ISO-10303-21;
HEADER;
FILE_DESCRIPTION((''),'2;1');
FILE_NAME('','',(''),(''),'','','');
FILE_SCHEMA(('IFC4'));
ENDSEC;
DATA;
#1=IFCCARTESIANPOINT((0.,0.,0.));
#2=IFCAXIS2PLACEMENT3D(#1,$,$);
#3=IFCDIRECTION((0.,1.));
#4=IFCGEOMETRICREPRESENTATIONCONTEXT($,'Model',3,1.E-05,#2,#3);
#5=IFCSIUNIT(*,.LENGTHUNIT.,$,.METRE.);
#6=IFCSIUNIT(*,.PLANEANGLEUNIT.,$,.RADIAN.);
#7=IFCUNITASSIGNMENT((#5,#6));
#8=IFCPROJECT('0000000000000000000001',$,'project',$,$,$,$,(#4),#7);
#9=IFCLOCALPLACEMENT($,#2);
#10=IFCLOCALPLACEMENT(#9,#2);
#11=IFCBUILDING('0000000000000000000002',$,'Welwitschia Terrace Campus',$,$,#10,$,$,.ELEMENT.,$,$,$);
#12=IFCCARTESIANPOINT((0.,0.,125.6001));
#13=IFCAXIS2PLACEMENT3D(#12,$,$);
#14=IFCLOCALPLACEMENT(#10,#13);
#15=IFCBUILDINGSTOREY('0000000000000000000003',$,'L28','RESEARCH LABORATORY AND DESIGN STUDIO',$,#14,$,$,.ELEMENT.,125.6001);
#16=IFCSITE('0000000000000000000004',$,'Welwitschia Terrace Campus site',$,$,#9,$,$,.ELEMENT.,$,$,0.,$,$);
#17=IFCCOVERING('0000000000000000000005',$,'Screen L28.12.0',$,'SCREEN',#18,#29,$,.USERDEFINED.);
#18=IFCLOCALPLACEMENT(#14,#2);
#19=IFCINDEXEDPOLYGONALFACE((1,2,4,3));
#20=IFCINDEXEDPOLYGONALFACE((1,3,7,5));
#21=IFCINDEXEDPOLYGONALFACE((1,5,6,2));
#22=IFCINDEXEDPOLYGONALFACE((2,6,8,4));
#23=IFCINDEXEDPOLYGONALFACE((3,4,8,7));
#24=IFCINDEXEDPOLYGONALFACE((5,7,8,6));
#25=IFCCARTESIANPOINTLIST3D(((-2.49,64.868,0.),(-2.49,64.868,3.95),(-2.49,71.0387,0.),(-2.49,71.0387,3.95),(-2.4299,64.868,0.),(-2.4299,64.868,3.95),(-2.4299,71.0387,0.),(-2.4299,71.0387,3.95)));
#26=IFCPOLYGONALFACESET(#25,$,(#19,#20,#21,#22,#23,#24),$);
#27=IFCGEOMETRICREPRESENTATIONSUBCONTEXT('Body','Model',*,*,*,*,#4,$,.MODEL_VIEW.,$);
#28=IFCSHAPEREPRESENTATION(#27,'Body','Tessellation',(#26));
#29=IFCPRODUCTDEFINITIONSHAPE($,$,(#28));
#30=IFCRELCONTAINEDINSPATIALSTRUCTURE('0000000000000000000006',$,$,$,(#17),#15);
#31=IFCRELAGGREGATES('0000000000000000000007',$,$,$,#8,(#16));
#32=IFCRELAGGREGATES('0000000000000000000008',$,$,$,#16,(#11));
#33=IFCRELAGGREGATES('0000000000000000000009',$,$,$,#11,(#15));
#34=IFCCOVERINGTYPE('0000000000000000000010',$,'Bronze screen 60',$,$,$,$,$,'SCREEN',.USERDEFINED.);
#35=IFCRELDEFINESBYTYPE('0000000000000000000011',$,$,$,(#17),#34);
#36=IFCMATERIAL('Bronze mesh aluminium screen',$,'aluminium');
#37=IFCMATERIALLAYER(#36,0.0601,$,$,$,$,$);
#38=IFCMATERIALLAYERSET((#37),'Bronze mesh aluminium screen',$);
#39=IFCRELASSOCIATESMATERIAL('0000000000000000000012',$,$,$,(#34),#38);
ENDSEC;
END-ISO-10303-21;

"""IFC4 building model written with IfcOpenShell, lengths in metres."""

from ifc_helpers import new_model, si_unit, direction, frame, origin, origin_2d, place, context, subcontext, project, spatial, rectangle, extrude, material, layer, layer_set, type_object, element, save


model = new_model("IFC4")

# Units and contexts
model_context = context("Model", 3, precision=1e-05, world=origin(), true_north=direction((0.0, 1.0)))
body_context = subcontext(model_context, "Body", "Model", "MODEL_VIEW")
ifc_project = project(units=[si_unit("LENGTHUNIT", "METRE"), si_unit("PLANEANGLEUNIT", "RADIAN")], contexts=[model_context])

# Site, building, storey
site_placement = place(None, origin())
site = spatial("IfcSite", under=ifc_project, at=site_placement, Name="Welwitschia Terrace Campus site", CompositionType="ELEMENT", RefElevation=0.0)
building_placement = place(site_placement, origin())
building = spatial("IfcBuilding", under=site, at=building_placement, Name="Welwitschia Terrace Campus", CompositionType="ELEMENT")
storey_placement = place(building_placement, frame((0.0, 0.0, 125.6001)))
storey = spatial("IfcBuildingStorey", under=building, at=storey_placement, Name="L28", Description="RESEARCH LABORATORY AND DESIGN STUDIO", CompositionType="ELEMENT", Elevation=125.6001)

# Covering
ifc_material_1 = material(Name="Bronze mesh aluminium screen", Category="aluminium")
ifc_layer_1 = layer(ifc_material_1, 0.0601)
ifc_layer_set_1 = layer_set([ifc_layer_1], Name="Bronze mesh aluminium screen")
covering_type = type_object("IfcCoveringType", Name="Bronze screen 60", ElementType="SCREEN", PredefinedType="USERDEFINED", material=ifc_layer_set_1)
covering_placement = place(storey_placement, frame((-2.46, 67.9534, 0.0), z_axis=(0.0, 0.0, 1.0), x_axis=(0.0, -1.0, 0.0)))
element("IfcCovering", 1, at=covering_placement, inside=storey, type_object=covering_type, Name="Screen L28.12.0", ObjectType="SCREEN", PredefinedType="USERDEFINED", context=body_context, shape_type="SweptSolid", body=[
    extrude(rectangle(XDim=6.1707, YDim=0.0601, at=origin_2d()), origin(), (0.0, 0.0, 1.0), 3.95),
])

save(model, "model.ifc")
